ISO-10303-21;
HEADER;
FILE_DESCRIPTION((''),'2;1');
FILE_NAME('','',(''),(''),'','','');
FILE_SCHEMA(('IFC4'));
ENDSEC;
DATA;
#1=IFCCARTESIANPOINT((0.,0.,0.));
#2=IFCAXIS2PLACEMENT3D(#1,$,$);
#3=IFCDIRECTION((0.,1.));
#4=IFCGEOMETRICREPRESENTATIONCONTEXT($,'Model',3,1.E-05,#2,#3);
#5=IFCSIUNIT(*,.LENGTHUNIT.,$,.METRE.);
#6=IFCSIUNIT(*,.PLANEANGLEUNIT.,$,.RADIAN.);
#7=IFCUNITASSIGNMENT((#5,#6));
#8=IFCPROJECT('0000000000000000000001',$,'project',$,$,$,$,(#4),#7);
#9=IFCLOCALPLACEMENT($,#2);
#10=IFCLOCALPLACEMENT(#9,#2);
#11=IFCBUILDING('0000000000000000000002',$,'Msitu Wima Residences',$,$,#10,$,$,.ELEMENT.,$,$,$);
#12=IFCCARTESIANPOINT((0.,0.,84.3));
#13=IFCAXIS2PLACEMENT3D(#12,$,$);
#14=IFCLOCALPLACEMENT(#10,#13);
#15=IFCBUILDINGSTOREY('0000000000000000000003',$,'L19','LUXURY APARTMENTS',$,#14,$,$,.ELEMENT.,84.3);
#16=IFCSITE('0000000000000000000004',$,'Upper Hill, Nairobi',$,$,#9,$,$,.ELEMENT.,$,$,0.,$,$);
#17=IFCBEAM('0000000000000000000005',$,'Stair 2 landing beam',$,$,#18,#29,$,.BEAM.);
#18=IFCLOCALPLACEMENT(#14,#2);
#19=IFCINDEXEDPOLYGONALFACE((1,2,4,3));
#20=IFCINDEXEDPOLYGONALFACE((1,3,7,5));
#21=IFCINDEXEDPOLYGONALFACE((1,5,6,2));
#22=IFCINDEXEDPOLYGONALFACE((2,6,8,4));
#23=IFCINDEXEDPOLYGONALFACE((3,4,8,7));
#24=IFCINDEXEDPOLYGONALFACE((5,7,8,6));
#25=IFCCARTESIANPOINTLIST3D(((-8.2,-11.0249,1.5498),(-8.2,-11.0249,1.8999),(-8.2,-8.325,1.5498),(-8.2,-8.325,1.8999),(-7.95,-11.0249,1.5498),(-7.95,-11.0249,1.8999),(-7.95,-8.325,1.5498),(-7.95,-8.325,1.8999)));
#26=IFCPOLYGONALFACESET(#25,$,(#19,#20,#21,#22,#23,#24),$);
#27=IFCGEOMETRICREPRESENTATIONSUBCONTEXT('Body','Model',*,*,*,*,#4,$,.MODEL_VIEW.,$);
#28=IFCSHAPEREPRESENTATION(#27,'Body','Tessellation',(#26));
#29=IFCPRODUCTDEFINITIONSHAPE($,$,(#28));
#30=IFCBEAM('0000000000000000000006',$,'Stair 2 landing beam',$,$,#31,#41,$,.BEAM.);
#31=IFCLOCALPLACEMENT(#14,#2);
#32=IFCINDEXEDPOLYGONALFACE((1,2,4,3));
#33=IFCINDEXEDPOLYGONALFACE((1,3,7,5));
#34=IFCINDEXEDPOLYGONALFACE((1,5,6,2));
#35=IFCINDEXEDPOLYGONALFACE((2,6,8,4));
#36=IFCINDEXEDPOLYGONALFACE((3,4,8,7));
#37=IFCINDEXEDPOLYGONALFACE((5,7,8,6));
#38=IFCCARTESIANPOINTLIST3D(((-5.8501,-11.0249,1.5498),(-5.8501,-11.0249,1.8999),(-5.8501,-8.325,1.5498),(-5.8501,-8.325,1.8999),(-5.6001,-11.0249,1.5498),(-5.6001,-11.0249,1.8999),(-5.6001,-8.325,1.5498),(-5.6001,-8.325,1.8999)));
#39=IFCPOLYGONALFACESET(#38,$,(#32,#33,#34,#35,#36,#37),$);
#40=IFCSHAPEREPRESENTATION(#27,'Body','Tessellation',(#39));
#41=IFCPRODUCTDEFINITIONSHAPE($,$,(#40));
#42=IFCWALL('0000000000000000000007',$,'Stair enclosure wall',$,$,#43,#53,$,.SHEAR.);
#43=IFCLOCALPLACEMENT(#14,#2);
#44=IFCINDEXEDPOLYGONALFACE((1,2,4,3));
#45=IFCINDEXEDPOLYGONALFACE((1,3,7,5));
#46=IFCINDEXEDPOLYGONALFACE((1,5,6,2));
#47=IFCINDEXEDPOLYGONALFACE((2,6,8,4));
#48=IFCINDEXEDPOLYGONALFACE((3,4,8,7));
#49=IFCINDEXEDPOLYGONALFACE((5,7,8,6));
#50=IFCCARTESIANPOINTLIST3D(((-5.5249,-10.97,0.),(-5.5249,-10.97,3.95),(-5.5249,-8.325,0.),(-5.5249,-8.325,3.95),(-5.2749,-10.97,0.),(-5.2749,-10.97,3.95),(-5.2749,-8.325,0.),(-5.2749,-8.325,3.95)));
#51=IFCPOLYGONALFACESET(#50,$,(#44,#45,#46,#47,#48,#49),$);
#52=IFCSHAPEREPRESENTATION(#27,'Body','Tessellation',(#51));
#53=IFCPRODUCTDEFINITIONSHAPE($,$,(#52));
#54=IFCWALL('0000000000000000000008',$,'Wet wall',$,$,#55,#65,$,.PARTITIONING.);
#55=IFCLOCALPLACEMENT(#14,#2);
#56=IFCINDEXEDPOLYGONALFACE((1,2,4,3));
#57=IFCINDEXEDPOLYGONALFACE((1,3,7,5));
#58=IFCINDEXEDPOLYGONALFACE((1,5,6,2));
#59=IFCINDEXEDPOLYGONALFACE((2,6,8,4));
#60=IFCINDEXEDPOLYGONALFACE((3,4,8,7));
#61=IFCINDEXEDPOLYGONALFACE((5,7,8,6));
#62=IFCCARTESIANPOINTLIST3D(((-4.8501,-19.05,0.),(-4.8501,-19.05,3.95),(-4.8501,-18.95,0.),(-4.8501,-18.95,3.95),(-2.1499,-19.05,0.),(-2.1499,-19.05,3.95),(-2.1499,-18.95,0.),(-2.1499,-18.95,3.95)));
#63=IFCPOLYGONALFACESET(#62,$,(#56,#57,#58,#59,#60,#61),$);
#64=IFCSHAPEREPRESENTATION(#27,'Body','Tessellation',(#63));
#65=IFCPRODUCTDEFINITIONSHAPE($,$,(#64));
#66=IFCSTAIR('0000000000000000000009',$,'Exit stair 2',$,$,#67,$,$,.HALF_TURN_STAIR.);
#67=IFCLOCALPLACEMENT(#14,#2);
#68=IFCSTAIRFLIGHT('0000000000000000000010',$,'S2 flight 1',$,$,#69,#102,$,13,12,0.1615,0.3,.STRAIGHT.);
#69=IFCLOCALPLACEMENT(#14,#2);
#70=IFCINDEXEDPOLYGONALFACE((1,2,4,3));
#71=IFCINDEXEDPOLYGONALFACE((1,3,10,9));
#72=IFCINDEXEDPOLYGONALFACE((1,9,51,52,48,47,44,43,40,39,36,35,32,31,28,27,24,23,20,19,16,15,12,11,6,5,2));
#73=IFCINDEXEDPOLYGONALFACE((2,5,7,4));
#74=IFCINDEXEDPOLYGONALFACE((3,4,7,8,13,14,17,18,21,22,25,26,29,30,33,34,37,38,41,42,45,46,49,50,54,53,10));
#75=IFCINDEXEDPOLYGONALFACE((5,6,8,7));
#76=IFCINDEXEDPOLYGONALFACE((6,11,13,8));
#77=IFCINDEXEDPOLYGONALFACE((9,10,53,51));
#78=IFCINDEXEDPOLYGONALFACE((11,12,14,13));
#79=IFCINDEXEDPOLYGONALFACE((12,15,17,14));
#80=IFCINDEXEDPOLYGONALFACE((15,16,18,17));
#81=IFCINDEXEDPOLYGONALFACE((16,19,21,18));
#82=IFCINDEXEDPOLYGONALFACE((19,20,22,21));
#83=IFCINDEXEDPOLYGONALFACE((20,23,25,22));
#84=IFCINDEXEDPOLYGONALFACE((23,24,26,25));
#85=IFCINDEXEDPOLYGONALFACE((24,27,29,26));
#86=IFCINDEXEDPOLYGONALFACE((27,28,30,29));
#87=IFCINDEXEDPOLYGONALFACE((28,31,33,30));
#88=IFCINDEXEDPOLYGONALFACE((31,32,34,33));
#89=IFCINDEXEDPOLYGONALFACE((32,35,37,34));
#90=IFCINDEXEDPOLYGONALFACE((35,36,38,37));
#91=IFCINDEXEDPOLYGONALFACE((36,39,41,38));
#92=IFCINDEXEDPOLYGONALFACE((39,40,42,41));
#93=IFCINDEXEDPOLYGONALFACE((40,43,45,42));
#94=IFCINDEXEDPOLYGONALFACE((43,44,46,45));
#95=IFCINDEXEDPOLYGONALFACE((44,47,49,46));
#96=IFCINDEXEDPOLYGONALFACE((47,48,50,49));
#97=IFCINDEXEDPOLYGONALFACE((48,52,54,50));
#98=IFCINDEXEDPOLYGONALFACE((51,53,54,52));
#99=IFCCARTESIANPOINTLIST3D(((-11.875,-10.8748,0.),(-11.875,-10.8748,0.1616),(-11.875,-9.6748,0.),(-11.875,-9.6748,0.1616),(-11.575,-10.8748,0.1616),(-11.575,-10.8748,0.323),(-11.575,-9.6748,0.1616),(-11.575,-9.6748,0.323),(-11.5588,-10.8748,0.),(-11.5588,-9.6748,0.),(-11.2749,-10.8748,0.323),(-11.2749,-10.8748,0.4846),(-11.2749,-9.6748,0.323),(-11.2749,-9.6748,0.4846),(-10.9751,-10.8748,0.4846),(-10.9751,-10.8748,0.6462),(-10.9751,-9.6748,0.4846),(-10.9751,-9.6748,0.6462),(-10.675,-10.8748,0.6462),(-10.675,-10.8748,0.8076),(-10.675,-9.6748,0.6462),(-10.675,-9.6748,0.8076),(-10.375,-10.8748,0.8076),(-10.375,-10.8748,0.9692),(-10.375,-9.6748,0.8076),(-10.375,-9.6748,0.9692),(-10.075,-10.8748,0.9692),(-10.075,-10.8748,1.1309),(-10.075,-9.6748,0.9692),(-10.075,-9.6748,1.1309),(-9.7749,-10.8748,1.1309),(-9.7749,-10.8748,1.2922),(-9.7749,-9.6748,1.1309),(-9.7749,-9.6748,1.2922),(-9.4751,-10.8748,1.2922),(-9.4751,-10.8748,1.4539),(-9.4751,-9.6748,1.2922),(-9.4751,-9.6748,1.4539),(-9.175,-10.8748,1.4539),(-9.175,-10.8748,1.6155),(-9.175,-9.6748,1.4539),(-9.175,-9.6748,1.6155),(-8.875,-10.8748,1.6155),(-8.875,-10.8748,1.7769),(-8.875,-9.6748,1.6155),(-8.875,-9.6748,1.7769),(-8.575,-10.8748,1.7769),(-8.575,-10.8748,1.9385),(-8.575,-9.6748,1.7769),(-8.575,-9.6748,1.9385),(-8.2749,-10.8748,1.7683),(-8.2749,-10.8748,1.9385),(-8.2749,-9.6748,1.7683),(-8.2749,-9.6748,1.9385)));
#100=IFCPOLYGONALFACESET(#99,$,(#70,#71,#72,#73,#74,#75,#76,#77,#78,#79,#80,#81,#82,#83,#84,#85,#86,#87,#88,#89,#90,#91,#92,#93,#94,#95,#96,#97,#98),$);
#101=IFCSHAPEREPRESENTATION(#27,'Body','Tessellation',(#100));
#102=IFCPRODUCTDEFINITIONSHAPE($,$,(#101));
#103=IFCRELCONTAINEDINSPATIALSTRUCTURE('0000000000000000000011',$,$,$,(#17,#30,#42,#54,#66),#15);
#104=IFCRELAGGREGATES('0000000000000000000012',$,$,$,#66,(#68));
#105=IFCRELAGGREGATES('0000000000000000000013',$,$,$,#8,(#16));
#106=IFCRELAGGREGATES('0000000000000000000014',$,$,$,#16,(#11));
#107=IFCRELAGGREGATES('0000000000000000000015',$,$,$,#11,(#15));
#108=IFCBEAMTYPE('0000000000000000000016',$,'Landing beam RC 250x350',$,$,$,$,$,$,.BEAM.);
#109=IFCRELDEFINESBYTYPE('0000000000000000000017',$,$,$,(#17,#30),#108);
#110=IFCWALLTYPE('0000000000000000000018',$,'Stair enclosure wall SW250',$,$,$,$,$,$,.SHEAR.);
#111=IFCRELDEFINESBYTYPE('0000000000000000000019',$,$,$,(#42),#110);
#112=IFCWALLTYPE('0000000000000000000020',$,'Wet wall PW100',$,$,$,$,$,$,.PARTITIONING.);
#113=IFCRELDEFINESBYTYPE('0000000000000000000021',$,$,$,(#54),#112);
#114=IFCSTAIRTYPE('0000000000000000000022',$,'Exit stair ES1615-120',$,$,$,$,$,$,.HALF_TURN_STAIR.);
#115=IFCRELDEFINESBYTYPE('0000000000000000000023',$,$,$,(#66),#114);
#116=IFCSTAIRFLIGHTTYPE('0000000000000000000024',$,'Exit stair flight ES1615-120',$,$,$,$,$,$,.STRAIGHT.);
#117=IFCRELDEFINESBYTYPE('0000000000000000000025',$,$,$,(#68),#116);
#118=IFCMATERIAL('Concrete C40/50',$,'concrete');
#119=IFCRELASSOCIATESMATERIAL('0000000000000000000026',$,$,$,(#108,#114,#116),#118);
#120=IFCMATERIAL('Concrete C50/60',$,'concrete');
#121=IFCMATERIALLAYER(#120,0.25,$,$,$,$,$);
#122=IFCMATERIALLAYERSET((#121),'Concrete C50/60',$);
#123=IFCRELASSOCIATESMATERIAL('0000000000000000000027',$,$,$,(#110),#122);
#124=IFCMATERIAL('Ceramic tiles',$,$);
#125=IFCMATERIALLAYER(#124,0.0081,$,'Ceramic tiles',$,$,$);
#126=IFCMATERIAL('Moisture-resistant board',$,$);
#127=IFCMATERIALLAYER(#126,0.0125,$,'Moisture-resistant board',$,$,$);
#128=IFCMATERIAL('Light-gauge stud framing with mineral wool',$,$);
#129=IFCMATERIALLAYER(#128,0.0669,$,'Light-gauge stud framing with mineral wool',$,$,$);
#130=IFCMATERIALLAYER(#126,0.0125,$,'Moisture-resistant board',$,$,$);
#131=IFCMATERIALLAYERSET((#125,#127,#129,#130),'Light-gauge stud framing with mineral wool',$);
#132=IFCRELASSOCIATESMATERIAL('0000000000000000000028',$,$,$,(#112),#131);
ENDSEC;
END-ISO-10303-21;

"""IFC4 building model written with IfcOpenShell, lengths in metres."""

from ifc_helpers import new_model, si_unit, direction, frame, frame_2d, origin, origin_2d, place, context, subcontext, project, spatial, polyline, rectangle, outline, extrude, material, layer, layer_set, material_profile, profile_set, type_object, element, aggregate, save


model = new_model("IFC4")

# Units and contexts
model_context = context("Model", 3, precision=1e-05, world=origin(), true_north=direction((0.0, 1.0)))
body_context = subcontext(model_context, "Body", "Model", "MODEL_VIEW")
ifc_project = project(units=[si_unit("LENGTHUNIT", "METRE"), si_unit("PLANEANGLEUNIT", "RADIAN")], contexts=[model_context])

# Site, building, storey
site_placement = place(None, origin())
site = spatial("IfcSite", under=ifc_project, at=site_placement, Name="Upper Hill, Nairobi", CompositionType="ELEMENT", RefElevation=0.0)
building_placement = place(site_placement, origin())
building = spatial("IfcBuilding", under=site, at=building_placement, Name="Msitu Wima Residences", CompositionType="ELEMENT")
storey_placement = place(building_placement, frame((0.0, 0.0, 84.3)))
storey = spatial("IfcBuildingStorey", under=building, at=storey_placement, Name="L19", Description="LUXURY APARTMENTS", CompositionType="ELEMENT", Elevation=84.3)

# Beams
ifc_material_1 = material(Name="Concrete C40/50", Category="concrete")
ifc_material_profile = material_profile(ifc_material_1, rectangle(XDim=0.25, YDim=0.3501, at=origin_2d()), Name="RC 250x350")
ifc_profile_set = profile_set([ifc_material_profile], Name="Concrete C40/50")
beam_type = type_object("IfcBeamType", Name="Landing beam RC 250x350", PredefinedType="BEAM", material=ifc_profile_set)
for number, where, z_axis, x_axis, name in (
    (1, (-8.075, -11.0249, 1.7249), (0.0, 1.0, 0.0), (-1.0, 0.0, 0.0), "Stair 2 landing beam"),
    (2, (-5.7251, -11.0249, 1.7249), (0.0, 1.0, 0.0), (-1.0, 0.0, 0.0), "Stair 2 landing beam"),
):
    element("IfcBeam", number, at=place(storey_placement, frame(where, z_axis=z_axis, x_axis=x_axis)), inside=storey, type_object=beam_type, Name=name, PredefinedType="BEAM", context=body_context, shape_type="SweptSolid", body=[
        extrude(rectangle(XDim=0.25, YDim=0.3501, at=origin_2d()), origin(), (0.0, 0.0, 1.0), 2.7),
    ])

# Walls
ifc_material_2 = material(Name="Concrete C50/60", Category="concrete")
ifc_layer_1 = layer(ifc_material_2, 0.25)
ifc_layer_set_1 = layer_set([ifc_layer_1], Name="Concrete C50/60")
wall_type_1 = type_object("IfcWallType", Name="Stair enclosure wall SW250", PredefinedType="SHEAR", material=ifc_layer_set_1)
wall_1_placement = place(storey_placement, frame((-5.3999, -10.97, 0.0), z_axis=(0.0, 0.0, 1.0), x_axis=(0.0, 1.0, 0.0)))
element("IfcWall", 3, at=wall_1_placement, inside=storey, type_object=wall_type_1, Name="Stair enclosure wall", PredefinedType="SHEAR", context=body_context, shape_type="SweptSolid", body=[
    extrude(rectangle(XDim=2.645, YDim=0.25, at=frame_2d((1.3225, 0.0))), origin(), (0.0, 0.0, 1.0), 3.95),
])
ifc_material_3 = material(Name="Ceramic tiles")
ifc_layer_2 = layer(ifc_material_3, 0.0081, Name="Ceramic tiles")
ifc_material_4 = material(Name="Moisture-resistant board")
ifc_layer_3 = layer(ifc_material_4, 0.0125, Name="Moisture-resistant board")
ifc_material_5 = material(Name="Light-gauge stud framing with mineral wool")
ifc_layer_4 = layer(ifc_material_5, 0.0669, Name="Light-gauge stud framing with mineral wool")
ifc_layer_5 = layer(ifc_material_4, 0.0125, Name="Moisture-resistant board")
ifc_layer_set_2 = layer_set([ifc_layer_2, ifc_layer_3, ifc_layer_4, ifc_layer_5], Name="Light-gauge stud framing with mineral wool")
wall_type_2 = type_object("IfcWallType", Name="Wet wall PW100", PredefinedType="PARTITIONING", material=ifc_layer_set_2)
wall_2_placement = place(storey_placement, frame((-4.8501, -19.0, 0.0), z_axis=(0.0, 0.0, 1.0), x_axis=(1.0, 0.0, 0.0)))
element("IfcWall", 4, at=wall_2_placement, inside=storey, type_object=wall_type_2, Name="Wet wall", PredefinedType="PARTITIONING", context=body_context, shape_type="SweptSolid", body=[
    extrude(rectangle(XDim=2.7002, YDim=0.1001, at=frame_2d((1.3501, 0.0))), origin(), (0.0, 0.0, 1.0), 3.95),
])

# Stair, stair flight
stair_type = type_object("IfcStairType", Name="Exit stair ES1615-120", PredefinedType="HALF_TURN_STAIR", material=ifc_material_1)
stair_placement = place(storey_placement, origin())
stair = element("IfcStair", 5, at=stair_placement, inside=storey, type_object=stair_type, Name="Exit stair 2", PredefinedType="HALF_TURN_STAIR")
stair_flight_type = type_object("IfcStairFlightType", Name="Exit stair flight ES1615-120", PredefinedType="STRAIGHT", material=ifc_material_1)
stair_flight_placement = place(storey_placement, frame((-11.875, -10.2749, 0.0), z_axis=(0.0, 0.0, 1.0), x_axis=(1.0, 0.0, 0.0)))
stair_flight = element("IfcStairFlight", 6, at=stair_flight_placement, type_object=stair_flight_type, Name="S2 flight 1", NumberOfRisers=13, NumberOfTreads=12, PredefinedType="STRAIGHT", RiserHeight=0.1615, TreadLength=0.3, context=body_context, shape_type="SweptSolid", body=[
    extrude(outline(polyline([(0.0, 0.0), (0.0, 0.1616), (0.3, 0.1616), (0.3, 0.323), (0.6001, 0.323), (0.6001, 0.4846), (0.8999, 0.4846), (0.8999, 0.6462), (1.2, 0.6462), (1.2, 0.8076), (1.5, 0.8076), (1.5, 0.9692), (1.8, 0.9692), (1.8, 1.1309), (2.1001, 1.1309), (2.1001, 1.2922), (2.3999, 1.2922), (2.3999, 1.4539), (2.7, 1.4539), (2.7, 1.6155), (3.0, 1.6155), (3.0, 1.7769), (3.3, 1.7769), (3.3, 1.9385), (3.6001, 1.9385), (3.6001, 2.1001), (3.6001, 1.7683), (0.3162, 0.0), (0.0, 0.0)])), frame((0.0, 0.6001, 0.0), z_axis=(0.0, -1.0, 0.0), x_axis=(1.0, 0.0, 0.0)), (0.0, 0.0, 1.0), 1.2),
])
aggregate(stair, [stair_flight])

save(model, "model.ifc")
